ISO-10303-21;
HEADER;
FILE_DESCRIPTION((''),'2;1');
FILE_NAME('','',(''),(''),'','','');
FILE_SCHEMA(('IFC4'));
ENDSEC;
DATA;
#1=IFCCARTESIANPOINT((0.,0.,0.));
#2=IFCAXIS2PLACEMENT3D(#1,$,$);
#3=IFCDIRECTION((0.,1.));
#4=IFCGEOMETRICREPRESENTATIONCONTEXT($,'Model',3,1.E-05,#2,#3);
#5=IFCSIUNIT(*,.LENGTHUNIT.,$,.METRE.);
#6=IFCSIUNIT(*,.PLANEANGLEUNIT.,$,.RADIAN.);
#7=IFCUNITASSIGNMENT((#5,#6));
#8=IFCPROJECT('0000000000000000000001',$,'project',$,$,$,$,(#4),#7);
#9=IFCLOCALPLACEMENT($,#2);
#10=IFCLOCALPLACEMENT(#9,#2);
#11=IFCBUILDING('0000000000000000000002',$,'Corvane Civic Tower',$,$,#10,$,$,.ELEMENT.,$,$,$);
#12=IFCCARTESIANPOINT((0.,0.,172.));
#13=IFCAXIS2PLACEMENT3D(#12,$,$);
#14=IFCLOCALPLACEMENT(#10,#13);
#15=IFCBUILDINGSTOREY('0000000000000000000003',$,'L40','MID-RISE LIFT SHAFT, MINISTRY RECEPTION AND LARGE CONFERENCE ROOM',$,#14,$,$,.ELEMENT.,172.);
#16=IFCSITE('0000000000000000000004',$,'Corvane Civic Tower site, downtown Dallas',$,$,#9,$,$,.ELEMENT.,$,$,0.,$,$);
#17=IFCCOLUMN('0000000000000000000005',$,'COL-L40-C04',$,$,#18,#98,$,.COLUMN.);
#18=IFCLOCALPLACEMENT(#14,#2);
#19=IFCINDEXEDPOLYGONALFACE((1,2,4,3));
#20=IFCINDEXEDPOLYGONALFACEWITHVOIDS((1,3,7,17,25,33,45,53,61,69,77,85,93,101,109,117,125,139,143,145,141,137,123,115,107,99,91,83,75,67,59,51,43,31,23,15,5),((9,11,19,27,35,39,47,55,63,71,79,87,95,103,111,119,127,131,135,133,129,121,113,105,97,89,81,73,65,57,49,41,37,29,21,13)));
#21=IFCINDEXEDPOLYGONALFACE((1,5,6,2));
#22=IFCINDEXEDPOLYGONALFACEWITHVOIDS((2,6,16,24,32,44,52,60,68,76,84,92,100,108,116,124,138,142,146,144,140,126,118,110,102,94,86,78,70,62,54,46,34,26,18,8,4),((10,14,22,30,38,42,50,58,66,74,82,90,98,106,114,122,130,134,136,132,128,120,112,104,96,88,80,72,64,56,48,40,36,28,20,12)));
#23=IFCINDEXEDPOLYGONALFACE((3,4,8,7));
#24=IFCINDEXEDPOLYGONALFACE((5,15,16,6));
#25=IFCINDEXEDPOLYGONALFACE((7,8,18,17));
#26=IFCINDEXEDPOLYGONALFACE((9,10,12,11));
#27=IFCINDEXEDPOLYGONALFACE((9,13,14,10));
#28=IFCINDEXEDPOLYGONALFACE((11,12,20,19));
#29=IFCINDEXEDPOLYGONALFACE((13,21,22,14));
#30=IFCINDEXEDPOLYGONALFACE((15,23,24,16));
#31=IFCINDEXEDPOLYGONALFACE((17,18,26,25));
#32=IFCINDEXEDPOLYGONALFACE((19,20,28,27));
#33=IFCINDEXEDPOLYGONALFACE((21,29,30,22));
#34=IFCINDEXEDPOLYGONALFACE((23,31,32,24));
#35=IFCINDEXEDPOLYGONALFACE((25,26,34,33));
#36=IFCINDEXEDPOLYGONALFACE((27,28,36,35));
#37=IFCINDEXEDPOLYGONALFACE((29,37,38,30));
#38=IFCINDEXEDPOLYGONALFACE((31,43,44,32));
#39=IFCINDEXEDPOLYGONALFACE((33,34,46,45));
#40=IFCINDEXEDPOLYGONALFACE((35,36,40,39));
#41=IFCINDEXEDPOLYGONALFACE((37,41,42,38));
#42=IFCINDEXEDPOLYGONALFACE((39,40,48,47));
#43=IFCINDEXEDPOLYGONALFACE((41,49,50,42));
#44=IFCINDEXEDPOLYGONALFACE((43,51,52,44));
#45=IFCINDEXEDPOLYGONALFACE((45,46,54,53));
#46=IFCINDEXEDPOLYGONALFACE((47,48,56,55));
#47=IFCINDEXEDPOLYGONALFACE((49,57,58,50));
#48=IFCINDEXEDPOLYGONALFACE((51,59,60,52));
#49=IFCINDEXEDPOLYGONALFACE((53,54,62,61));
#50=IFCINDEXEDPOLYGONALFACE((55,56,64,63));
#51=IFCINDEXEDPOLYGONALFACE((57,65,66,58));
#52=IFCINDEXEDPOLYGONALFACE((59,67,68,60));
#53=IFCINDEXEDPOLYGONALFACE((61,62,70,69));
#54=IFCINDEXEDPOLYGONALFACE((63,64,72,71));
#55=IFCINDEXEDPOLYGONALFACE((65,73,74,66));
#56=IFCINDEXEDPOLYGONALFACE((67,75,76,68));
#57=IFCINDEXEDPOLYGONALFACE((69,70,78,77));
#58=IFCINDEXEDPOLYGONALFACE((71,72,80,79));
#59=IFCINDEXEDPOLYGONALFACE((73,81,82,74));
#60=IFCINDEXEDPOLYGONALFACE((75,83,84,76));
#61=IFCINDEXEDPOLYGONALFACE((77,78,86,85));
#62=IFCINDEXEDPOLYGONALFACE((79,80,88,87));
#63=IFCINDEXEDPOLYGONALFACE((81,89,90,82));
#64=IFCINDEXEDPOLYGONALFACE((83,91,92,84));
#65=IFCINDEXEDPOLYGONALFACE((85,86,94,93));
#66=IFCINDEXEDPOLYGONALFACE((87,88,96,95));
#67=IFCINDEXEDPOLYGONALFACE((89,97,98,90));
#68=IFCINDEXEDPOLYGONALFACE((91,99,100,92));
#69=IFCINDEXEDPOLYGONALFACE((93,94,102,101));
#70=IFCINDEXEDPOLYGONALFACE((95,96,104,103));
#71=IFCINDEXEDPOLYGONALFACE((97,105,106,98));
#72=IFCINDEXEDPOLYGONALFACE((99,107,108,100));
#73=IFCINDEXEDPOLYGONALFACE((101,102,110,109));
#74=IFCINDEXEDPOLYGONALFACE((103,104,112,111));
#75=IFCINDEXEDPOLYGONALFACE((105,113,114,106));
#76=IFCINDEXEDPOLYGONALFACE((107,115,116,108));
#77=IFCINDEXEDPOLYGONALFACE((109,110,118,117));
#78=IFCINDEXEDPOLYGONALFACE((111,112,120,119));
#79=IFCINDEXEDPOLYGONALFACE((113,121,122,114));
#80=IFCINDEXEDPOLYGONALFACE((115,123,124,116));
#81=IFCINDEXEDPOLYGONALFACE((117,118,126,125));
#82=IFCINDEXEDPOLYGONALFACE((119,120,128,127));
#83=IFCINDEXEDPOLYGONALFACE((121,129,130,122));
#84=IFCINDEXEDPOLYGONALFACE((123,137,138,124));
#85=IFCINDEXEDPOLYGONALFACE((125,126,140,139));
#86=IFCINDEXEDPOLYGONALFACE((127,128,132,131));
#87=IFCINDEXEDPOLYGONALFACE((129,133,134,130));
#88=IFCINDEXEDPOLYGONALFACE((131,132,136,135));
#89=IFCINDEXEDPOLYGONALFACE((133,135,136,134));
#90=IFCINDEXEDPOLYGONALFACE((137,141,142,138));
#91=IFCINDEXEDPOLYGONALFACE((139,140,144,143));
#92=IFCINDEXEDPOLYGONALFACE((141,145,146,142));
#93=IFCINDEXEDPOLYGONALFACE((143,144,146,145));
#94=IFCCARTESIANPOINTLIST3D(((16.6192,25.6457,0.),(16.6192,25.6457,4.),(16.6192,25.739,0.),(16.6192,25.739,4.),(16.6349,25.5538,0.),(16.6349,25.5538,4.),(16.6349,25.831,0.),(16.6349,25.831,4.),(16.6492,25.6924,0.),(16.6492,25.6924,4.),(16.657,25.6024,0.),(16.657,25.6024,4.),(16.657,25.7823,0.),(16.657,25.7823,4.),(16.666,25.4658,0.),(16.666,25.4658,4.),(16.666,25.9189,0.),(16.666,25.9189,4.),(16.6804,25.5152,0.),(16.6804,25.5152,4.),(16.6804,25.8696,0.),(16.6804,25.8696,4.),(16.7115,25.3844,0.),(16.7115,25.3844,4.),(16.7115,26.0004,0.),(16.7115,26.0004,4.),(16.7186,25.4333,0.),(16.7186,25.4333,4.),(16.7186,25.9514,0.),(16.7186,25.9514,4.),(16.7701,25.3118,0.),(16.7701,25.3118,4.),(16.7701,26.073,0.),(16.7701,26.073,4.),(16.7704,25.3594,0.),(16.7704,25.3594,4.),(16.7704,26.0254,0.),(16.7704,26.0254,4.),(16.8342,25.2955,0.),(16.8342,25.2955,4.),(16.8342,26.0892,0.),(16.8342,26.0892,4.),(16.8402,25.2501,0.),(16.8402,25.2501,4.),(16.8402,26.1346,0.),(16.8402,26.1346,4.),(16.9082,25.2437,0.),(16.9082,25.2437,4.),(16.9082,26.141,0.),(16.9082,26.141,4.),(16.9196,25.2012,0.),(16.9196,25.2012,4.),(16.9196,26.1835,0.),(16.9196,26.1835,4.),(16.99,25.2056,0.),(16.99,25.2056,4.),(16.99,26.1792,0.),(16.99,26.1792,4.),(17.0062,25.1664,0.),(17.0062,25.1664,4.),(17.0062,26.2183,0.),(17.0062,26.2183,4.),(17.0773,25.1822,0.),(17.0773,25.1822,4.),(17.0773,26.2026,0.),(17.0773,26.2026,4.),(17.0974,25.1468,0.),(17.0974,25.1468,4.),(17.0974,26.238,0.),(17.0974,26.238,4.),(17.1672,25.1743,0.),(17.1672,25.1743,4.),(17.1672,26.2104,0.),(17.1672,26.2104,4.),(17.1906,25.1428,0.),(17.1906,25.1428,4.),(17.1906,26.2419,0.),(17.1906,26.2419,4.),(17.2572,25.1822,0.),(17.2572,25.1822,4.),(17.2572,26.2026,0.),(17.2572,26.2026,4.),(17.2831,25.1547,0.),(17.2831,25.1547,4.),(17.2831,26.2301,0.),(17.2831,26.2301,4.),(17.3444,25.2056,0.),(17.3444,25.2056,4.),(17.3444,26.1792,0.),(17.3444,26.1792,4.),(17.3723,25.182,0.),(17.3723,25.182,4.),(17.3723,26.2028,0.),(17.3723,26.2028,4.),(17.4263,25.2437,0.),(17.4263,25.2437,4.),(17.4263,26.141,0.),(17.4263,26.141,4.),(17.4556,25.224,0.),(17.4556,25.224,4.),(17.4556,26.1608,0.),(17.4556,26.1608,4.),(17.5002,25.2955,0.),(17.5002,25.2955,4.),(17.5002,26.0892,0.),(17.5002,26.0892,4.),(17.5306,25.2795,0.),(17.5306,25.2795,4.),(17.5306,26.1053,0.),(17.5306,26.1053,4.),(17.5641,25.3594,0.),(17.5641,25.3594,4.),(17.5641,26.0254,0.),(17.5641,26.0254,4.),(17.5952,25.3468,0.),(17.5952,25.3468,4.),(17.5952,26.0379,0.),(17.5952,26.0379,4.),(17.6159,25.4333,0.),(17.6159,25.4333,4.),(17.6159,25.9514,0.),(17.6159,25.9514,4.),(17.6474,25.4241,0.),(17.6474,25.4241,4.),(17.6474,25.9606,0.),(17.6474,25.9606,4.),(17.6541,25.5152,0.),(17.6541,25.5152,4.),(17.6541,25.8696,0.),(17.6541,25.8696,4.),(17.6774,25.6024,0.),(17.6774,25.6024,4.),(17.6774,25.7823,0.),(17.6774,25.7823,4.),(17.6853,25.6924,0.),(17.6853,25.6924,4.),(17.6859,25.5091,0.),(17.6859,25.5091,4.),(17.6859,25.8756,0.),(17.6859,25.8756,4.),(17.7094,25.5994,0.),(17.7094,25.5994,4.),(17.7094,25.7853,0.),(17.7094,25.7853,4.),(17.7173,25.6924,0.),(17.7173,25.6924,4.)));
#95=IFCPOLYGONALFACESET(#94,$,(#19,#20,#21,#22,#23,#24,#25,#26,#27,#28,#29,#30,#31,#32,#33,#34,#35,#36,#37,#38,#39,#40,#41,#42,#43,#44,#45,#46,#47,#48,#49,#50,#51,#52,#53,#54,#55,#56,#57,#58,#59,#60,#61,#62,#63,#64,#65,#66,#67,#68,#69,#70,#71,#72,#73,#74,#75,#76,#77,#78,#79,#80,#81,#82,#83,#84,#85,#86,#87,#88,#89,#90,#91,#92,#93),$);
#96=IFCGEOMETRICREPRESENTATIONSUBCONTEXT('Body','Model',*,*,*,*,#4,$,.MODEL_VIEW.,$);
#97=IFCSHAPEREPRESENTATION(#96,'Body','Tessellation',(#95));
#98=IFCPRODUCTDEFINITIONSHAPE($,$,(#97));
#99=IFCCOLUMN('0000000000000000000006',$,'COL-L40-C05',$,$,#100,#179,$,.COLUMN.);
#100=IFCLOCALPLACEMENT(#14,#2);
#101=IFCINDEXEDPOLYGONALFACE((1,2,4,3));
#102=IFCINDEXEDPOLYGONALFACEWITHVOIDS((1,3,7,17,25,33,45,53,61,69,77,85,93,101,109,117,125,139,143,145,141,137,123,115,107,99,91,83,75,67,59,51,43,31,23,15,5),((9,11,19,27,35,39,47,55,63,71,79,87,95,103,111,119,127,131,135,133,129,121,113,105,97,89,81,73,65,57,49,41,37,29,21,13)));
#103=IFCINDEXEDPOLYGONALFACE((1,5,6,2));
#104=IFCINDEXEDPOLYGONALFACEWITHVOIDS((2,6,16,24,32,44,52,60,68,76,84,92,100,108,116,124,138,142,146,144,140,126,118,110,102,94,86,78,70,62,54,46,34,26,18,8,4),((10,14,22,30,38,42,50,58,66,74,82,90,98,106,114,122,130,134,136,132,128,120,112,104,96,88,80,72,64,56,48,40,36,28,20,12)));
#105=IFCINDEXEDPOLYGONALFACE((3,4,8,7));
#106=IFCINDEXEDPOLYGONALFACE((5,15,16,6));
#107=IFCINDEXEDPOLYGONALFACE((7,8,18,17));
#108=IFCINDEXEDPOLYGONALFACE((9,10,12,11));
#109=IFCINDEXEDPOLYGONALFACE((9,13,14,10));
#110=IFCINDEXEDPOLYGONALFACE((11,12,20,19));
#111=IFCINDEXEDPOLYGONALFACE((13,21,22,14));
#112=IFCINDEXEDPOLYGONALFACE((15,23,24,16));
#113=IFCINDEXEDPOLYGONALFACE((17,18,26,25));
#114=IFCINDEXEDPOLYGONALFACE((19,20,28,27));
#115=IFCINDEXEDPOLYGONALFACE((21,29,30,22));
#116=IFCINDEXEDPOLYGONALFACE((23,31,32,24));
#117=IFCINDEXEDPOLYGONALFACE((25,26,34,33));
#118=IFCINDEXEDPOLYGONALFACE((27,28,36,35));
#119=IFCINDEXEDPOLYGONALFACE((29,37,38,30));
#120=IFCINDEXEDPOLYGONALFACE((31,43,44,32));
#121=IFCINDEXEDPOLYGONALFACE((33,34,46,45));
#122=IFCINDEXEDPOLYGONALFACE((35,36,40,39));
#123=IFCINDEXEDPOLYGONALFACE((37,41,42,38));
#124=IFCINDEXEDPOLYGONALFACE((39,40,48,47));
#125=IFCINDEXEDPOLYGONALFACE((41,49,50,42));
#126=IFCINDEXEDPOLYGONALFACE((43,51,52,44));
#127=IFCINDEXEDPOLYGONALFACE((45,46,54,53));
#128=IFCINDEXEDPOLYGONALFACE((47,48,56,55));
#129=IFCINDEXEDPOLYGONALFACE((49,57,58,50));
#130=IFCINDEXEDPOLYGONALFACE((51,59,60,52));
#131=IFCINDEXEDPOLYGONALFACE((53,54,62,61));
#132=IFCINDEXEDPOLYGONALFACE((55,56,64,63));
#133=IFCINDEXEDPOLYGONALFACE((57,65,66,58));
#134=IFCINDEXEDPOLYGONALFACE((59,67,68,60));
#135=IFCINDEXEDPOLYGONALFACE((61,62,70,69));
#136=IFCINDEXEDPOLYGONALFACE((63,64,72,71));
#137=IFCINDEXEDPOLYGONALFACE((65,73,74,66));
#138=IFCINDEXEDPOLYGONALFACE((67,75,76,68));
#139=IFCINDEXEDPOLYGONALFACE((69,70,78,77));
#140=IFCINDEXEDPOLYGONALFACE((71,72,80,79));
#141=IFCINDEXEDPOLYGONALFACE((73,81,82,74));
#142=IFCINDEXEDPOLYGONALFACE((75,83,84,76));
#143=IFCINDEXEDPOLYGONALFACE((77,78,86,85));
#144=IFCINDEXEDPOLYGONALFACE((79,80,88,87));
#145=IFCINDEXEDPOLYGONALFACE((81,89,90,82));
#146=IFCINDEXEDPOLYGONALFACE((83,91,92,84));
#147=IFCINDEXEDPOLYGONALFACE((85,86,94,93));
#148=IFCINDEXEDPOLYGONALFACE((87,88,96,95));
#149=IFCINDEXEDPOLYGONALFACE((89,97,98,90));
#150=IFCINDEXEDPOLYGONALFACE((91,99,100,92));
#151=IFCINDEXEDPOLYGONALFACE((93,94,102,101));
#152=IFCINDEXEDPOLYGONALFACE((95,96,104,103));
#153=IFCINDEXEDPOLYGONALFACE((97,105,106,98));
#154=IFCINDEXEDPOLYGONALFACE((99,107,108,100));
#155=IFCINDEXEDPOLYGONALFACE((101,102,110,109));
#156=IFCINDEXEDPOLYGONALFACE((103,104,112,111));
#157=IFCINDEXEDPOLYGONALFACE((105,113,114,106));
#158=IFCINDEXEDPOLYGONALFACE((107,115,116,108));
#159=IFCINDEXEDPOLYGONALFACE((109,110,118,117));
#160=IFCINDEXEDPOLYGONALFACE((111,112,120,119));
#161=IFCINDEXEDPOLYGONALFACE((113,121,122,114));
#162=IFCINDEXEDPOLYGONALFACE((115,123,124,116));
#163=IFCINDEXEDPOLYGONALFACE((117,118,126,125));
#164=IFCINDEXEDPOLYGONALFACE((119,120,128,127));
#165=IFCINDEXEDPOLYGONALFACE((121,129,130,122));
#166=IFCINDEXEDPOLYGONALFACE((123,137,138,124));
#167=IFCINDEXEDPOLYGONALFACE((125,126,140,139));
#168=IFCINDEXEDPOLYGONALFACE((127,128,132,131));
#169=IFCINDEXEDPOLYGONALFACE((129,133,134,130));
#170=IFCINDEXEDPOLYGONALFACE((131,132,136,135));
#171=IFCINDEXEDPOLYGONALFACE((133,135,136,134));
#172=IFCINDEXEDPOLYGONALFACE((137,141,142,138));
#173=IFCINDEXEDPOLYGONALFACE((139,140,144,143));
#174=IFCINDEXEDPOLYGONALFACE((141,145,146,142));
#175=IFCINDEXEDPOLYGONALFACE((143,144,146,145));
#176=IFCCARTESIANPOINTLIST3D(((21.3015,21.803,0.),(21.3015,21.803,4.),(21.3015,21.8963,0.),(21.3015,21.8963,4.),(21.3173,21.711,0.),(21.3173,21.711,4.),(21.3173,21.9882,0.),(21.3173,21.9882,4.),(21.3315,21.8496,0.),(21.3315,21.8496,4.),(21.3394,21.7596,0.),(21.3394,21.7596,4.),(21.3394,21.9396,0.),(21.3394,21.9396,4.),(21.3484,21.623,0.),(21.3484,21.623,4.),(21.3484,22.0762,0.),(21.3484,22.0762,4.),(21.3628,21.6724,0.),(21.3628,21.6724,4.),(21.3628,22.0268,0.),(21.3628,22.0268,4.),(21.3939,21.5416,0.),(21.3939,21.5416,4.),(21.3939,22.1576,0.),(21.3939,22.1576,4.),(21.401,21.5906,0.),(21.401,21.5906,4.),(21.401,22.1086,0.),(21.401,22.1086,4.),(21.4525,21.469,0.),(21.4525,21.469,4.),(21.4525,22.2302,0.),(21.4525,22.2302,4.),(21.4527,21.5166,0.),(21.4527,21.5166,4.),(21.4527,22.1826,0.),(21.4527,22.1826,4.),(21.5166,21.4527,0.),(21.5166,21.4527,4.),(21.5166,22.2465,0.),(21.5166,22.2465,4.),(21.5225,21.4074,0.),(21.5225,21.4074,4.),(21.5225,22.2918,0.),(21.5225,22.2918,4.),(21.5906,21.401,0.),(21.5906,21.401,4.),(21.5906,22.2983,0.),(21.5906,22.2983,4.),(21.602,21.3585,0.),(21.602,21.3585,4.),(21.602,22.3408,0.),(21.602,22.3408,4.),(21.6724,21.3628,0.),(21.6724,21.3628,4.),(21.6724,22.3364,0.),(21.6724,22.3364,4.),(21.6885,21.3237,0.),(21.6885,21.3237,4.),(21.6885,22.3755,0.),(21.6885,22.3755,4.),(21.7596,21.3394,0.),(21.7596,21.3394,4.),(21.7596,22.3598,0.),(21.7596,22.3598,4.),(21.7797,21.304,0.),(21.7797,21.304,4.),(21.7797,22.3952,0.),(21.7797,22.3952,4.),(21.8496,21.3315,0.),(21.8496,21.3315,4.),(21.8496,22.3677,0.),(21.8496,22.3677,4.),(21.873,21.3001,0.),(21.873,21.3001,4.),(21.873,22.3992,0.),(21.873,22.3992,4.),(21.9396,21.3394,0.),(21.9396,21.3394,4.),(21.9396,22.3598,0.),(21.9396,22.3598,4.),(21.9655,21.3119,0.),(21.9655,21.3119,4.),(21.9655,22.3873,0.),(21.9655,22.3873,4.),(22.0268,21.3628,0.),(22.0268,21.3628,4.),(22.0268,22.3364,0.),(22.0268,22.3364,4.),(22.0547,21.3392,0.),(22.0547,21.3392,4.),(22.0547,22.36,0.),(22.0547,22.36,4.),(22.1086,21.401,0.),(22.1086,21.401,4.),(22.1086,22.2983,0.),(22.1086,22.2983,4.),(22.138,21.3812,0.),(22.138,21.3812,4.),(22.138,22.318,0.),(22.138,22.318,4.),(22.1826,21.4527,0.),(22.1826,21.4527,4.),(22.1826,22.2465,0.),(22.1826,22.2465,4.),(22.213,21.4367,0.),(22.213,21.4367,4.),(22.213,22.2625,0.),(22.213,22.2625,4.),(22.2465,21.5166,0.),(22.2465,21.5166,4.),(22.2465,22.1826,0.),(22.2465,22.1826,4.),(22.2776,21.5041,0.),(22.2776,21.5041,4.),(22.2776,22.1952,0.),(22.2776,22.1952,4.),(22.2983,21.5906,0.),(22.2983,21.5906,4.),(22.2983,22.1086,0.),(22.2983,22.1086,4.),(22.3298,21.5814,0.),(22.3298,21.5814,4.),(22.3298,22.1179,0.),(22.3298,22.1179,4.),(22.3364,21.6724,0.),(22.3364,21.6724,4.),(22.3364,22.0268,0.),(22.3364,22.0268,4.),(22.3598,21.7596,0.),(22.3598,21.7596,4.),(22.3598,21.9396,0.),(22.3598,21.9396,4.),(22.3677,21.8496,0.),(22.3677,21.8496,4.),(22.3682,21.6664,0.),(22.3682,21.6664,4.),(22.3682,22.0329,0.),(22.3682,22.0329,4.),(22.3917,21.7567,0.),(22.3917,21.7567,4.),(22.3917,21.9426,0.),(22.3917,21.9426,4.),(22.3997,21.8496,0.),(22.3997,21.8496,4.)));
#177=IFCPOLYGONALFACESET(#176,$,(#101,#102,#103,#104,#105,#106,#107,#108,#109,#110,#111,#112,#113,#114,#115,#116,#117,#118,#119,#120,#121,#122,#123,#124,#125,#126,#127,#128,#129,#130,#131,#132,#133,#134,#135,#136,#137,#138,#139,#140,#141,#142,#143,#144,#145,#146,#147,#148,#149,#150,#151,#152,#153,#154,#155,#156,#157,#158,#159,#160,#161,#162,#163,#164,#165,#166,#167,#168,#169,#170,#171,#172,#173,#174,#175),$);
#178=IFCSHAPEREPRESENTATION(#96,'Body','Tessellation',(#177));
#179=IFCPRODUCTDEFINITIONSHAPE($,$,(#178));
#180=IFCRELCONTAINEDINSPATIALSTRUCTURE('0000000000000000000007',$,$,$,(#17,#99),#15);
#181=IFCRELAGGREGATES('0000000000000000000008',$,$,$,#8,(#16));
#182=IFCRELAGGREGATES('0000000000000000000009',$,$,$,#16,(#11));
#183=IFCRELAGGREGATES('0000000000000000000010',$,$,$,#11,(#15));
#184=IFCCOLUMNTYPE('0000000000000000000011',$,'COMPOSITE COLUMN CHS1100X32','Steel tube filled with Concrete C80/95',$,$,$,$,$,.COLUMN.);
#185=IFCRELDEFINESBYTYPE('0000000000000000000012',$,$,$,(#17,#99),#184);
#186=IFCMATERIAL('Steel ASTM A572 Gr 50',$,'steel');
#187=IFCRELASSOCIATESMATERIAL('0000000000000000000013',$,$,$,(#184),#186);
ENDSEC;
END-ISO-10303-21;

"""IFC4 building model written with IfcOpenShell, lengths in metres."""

from ifc_helpers import new_model, si_unit, direction, frame, origin, origin_2d, place, context, subcontext, project, spatial, hollow_circle, extrude, material, material_profile, profile_set, type_object, element, save


model = new_model("IFC4")

# Units and contexts
model_context = context("Model", 3, precision=1e-05, world=origin(), true_north=direction((0.0, 1.0)))
body_context = subcontext(model_context, "Body", "Model", "MODEL_VIEW")
ifc_project = project(units=[si_unit("LENGTHUNIT", "METRE"), si_unit("PLANEANGLEUNIT", "RADIAN")], contexts=[model_context])

# Site, building, storey
site_placement = place(None, origin())
site = spatial("IfcSite", under=ifc_project, at=site_placement, Name="Corvane Civic Tower site, downtown Dallas", CompositionType="ELEMENT", RefElevation=0.0)
building_placement = place(site_placement, origin())
building = spatial("IfcBuilding", under=site, at=building_placement, Name="Corvane Civic Tower", CompositionType="ELEMENT")
storey_placement = place(building_placement, frame((0.0, 0.0, 172.0)))
storey = spatial("IfcBuildingStorey", under=building, at=storey_placement, Name="L40", Description="MID-RISE LIFT SHAFT, MINISTRY RECEPTION AND LARGE CONFERENCE ROOM", CompositionType="ELEMENT", Elevation=172.0)

# Columns
ifc_material_1 = material(Name="Steel ASTM A572 Gr 50", Category="steel")
ifc_material_profile_1 = material_profile(ifc_material_1, hollow_circle(Radius=0.55, WallThickness=0.032, at=origin_2d()), Name="CHS1100X32")
ifc_profile_set_1 = profile_set([ifc_material_profile_1], Name="Steel ASTM A572 Gr 50")
column_type = type_object("IfcColumnType", Name="COMPOSITE COLUMN CHS1100X32", Description="Steel tube filled with Concrete C80/95", PredefinedType="COLUMN", material=ifc_profile_set_1)
for number, where, z_axis, x_axis, name in (
    (1, (17.1672, 25.6924, 0.0), (0.0, 0.0, 1.0), (1.0, 0.0, 0.0), "COL-L40-C04"),
    (2, (21.8496, 21.8496, 0.0), (0.0, 0.0, 1.0), (1.0, 0.0, 0.0), "COL-L40-C05"),
):
    element("IfcColumn", number, at=place(storey_placement, frame(where, z_axis=z_axis, x_axis=x_axis)), inside=storey, type_object=column_type, Name=name, PredefinedType="COLUMN", context=body_context, shape_type="SweptSolid", body=[
        extrude(hollow_circle(Radius=0.55, WallThickness=0.032, at=origin_2d()), origin(), (0.0, 0.0, 1.0), 4.0),
    ])

save(model, "model.ifc")
